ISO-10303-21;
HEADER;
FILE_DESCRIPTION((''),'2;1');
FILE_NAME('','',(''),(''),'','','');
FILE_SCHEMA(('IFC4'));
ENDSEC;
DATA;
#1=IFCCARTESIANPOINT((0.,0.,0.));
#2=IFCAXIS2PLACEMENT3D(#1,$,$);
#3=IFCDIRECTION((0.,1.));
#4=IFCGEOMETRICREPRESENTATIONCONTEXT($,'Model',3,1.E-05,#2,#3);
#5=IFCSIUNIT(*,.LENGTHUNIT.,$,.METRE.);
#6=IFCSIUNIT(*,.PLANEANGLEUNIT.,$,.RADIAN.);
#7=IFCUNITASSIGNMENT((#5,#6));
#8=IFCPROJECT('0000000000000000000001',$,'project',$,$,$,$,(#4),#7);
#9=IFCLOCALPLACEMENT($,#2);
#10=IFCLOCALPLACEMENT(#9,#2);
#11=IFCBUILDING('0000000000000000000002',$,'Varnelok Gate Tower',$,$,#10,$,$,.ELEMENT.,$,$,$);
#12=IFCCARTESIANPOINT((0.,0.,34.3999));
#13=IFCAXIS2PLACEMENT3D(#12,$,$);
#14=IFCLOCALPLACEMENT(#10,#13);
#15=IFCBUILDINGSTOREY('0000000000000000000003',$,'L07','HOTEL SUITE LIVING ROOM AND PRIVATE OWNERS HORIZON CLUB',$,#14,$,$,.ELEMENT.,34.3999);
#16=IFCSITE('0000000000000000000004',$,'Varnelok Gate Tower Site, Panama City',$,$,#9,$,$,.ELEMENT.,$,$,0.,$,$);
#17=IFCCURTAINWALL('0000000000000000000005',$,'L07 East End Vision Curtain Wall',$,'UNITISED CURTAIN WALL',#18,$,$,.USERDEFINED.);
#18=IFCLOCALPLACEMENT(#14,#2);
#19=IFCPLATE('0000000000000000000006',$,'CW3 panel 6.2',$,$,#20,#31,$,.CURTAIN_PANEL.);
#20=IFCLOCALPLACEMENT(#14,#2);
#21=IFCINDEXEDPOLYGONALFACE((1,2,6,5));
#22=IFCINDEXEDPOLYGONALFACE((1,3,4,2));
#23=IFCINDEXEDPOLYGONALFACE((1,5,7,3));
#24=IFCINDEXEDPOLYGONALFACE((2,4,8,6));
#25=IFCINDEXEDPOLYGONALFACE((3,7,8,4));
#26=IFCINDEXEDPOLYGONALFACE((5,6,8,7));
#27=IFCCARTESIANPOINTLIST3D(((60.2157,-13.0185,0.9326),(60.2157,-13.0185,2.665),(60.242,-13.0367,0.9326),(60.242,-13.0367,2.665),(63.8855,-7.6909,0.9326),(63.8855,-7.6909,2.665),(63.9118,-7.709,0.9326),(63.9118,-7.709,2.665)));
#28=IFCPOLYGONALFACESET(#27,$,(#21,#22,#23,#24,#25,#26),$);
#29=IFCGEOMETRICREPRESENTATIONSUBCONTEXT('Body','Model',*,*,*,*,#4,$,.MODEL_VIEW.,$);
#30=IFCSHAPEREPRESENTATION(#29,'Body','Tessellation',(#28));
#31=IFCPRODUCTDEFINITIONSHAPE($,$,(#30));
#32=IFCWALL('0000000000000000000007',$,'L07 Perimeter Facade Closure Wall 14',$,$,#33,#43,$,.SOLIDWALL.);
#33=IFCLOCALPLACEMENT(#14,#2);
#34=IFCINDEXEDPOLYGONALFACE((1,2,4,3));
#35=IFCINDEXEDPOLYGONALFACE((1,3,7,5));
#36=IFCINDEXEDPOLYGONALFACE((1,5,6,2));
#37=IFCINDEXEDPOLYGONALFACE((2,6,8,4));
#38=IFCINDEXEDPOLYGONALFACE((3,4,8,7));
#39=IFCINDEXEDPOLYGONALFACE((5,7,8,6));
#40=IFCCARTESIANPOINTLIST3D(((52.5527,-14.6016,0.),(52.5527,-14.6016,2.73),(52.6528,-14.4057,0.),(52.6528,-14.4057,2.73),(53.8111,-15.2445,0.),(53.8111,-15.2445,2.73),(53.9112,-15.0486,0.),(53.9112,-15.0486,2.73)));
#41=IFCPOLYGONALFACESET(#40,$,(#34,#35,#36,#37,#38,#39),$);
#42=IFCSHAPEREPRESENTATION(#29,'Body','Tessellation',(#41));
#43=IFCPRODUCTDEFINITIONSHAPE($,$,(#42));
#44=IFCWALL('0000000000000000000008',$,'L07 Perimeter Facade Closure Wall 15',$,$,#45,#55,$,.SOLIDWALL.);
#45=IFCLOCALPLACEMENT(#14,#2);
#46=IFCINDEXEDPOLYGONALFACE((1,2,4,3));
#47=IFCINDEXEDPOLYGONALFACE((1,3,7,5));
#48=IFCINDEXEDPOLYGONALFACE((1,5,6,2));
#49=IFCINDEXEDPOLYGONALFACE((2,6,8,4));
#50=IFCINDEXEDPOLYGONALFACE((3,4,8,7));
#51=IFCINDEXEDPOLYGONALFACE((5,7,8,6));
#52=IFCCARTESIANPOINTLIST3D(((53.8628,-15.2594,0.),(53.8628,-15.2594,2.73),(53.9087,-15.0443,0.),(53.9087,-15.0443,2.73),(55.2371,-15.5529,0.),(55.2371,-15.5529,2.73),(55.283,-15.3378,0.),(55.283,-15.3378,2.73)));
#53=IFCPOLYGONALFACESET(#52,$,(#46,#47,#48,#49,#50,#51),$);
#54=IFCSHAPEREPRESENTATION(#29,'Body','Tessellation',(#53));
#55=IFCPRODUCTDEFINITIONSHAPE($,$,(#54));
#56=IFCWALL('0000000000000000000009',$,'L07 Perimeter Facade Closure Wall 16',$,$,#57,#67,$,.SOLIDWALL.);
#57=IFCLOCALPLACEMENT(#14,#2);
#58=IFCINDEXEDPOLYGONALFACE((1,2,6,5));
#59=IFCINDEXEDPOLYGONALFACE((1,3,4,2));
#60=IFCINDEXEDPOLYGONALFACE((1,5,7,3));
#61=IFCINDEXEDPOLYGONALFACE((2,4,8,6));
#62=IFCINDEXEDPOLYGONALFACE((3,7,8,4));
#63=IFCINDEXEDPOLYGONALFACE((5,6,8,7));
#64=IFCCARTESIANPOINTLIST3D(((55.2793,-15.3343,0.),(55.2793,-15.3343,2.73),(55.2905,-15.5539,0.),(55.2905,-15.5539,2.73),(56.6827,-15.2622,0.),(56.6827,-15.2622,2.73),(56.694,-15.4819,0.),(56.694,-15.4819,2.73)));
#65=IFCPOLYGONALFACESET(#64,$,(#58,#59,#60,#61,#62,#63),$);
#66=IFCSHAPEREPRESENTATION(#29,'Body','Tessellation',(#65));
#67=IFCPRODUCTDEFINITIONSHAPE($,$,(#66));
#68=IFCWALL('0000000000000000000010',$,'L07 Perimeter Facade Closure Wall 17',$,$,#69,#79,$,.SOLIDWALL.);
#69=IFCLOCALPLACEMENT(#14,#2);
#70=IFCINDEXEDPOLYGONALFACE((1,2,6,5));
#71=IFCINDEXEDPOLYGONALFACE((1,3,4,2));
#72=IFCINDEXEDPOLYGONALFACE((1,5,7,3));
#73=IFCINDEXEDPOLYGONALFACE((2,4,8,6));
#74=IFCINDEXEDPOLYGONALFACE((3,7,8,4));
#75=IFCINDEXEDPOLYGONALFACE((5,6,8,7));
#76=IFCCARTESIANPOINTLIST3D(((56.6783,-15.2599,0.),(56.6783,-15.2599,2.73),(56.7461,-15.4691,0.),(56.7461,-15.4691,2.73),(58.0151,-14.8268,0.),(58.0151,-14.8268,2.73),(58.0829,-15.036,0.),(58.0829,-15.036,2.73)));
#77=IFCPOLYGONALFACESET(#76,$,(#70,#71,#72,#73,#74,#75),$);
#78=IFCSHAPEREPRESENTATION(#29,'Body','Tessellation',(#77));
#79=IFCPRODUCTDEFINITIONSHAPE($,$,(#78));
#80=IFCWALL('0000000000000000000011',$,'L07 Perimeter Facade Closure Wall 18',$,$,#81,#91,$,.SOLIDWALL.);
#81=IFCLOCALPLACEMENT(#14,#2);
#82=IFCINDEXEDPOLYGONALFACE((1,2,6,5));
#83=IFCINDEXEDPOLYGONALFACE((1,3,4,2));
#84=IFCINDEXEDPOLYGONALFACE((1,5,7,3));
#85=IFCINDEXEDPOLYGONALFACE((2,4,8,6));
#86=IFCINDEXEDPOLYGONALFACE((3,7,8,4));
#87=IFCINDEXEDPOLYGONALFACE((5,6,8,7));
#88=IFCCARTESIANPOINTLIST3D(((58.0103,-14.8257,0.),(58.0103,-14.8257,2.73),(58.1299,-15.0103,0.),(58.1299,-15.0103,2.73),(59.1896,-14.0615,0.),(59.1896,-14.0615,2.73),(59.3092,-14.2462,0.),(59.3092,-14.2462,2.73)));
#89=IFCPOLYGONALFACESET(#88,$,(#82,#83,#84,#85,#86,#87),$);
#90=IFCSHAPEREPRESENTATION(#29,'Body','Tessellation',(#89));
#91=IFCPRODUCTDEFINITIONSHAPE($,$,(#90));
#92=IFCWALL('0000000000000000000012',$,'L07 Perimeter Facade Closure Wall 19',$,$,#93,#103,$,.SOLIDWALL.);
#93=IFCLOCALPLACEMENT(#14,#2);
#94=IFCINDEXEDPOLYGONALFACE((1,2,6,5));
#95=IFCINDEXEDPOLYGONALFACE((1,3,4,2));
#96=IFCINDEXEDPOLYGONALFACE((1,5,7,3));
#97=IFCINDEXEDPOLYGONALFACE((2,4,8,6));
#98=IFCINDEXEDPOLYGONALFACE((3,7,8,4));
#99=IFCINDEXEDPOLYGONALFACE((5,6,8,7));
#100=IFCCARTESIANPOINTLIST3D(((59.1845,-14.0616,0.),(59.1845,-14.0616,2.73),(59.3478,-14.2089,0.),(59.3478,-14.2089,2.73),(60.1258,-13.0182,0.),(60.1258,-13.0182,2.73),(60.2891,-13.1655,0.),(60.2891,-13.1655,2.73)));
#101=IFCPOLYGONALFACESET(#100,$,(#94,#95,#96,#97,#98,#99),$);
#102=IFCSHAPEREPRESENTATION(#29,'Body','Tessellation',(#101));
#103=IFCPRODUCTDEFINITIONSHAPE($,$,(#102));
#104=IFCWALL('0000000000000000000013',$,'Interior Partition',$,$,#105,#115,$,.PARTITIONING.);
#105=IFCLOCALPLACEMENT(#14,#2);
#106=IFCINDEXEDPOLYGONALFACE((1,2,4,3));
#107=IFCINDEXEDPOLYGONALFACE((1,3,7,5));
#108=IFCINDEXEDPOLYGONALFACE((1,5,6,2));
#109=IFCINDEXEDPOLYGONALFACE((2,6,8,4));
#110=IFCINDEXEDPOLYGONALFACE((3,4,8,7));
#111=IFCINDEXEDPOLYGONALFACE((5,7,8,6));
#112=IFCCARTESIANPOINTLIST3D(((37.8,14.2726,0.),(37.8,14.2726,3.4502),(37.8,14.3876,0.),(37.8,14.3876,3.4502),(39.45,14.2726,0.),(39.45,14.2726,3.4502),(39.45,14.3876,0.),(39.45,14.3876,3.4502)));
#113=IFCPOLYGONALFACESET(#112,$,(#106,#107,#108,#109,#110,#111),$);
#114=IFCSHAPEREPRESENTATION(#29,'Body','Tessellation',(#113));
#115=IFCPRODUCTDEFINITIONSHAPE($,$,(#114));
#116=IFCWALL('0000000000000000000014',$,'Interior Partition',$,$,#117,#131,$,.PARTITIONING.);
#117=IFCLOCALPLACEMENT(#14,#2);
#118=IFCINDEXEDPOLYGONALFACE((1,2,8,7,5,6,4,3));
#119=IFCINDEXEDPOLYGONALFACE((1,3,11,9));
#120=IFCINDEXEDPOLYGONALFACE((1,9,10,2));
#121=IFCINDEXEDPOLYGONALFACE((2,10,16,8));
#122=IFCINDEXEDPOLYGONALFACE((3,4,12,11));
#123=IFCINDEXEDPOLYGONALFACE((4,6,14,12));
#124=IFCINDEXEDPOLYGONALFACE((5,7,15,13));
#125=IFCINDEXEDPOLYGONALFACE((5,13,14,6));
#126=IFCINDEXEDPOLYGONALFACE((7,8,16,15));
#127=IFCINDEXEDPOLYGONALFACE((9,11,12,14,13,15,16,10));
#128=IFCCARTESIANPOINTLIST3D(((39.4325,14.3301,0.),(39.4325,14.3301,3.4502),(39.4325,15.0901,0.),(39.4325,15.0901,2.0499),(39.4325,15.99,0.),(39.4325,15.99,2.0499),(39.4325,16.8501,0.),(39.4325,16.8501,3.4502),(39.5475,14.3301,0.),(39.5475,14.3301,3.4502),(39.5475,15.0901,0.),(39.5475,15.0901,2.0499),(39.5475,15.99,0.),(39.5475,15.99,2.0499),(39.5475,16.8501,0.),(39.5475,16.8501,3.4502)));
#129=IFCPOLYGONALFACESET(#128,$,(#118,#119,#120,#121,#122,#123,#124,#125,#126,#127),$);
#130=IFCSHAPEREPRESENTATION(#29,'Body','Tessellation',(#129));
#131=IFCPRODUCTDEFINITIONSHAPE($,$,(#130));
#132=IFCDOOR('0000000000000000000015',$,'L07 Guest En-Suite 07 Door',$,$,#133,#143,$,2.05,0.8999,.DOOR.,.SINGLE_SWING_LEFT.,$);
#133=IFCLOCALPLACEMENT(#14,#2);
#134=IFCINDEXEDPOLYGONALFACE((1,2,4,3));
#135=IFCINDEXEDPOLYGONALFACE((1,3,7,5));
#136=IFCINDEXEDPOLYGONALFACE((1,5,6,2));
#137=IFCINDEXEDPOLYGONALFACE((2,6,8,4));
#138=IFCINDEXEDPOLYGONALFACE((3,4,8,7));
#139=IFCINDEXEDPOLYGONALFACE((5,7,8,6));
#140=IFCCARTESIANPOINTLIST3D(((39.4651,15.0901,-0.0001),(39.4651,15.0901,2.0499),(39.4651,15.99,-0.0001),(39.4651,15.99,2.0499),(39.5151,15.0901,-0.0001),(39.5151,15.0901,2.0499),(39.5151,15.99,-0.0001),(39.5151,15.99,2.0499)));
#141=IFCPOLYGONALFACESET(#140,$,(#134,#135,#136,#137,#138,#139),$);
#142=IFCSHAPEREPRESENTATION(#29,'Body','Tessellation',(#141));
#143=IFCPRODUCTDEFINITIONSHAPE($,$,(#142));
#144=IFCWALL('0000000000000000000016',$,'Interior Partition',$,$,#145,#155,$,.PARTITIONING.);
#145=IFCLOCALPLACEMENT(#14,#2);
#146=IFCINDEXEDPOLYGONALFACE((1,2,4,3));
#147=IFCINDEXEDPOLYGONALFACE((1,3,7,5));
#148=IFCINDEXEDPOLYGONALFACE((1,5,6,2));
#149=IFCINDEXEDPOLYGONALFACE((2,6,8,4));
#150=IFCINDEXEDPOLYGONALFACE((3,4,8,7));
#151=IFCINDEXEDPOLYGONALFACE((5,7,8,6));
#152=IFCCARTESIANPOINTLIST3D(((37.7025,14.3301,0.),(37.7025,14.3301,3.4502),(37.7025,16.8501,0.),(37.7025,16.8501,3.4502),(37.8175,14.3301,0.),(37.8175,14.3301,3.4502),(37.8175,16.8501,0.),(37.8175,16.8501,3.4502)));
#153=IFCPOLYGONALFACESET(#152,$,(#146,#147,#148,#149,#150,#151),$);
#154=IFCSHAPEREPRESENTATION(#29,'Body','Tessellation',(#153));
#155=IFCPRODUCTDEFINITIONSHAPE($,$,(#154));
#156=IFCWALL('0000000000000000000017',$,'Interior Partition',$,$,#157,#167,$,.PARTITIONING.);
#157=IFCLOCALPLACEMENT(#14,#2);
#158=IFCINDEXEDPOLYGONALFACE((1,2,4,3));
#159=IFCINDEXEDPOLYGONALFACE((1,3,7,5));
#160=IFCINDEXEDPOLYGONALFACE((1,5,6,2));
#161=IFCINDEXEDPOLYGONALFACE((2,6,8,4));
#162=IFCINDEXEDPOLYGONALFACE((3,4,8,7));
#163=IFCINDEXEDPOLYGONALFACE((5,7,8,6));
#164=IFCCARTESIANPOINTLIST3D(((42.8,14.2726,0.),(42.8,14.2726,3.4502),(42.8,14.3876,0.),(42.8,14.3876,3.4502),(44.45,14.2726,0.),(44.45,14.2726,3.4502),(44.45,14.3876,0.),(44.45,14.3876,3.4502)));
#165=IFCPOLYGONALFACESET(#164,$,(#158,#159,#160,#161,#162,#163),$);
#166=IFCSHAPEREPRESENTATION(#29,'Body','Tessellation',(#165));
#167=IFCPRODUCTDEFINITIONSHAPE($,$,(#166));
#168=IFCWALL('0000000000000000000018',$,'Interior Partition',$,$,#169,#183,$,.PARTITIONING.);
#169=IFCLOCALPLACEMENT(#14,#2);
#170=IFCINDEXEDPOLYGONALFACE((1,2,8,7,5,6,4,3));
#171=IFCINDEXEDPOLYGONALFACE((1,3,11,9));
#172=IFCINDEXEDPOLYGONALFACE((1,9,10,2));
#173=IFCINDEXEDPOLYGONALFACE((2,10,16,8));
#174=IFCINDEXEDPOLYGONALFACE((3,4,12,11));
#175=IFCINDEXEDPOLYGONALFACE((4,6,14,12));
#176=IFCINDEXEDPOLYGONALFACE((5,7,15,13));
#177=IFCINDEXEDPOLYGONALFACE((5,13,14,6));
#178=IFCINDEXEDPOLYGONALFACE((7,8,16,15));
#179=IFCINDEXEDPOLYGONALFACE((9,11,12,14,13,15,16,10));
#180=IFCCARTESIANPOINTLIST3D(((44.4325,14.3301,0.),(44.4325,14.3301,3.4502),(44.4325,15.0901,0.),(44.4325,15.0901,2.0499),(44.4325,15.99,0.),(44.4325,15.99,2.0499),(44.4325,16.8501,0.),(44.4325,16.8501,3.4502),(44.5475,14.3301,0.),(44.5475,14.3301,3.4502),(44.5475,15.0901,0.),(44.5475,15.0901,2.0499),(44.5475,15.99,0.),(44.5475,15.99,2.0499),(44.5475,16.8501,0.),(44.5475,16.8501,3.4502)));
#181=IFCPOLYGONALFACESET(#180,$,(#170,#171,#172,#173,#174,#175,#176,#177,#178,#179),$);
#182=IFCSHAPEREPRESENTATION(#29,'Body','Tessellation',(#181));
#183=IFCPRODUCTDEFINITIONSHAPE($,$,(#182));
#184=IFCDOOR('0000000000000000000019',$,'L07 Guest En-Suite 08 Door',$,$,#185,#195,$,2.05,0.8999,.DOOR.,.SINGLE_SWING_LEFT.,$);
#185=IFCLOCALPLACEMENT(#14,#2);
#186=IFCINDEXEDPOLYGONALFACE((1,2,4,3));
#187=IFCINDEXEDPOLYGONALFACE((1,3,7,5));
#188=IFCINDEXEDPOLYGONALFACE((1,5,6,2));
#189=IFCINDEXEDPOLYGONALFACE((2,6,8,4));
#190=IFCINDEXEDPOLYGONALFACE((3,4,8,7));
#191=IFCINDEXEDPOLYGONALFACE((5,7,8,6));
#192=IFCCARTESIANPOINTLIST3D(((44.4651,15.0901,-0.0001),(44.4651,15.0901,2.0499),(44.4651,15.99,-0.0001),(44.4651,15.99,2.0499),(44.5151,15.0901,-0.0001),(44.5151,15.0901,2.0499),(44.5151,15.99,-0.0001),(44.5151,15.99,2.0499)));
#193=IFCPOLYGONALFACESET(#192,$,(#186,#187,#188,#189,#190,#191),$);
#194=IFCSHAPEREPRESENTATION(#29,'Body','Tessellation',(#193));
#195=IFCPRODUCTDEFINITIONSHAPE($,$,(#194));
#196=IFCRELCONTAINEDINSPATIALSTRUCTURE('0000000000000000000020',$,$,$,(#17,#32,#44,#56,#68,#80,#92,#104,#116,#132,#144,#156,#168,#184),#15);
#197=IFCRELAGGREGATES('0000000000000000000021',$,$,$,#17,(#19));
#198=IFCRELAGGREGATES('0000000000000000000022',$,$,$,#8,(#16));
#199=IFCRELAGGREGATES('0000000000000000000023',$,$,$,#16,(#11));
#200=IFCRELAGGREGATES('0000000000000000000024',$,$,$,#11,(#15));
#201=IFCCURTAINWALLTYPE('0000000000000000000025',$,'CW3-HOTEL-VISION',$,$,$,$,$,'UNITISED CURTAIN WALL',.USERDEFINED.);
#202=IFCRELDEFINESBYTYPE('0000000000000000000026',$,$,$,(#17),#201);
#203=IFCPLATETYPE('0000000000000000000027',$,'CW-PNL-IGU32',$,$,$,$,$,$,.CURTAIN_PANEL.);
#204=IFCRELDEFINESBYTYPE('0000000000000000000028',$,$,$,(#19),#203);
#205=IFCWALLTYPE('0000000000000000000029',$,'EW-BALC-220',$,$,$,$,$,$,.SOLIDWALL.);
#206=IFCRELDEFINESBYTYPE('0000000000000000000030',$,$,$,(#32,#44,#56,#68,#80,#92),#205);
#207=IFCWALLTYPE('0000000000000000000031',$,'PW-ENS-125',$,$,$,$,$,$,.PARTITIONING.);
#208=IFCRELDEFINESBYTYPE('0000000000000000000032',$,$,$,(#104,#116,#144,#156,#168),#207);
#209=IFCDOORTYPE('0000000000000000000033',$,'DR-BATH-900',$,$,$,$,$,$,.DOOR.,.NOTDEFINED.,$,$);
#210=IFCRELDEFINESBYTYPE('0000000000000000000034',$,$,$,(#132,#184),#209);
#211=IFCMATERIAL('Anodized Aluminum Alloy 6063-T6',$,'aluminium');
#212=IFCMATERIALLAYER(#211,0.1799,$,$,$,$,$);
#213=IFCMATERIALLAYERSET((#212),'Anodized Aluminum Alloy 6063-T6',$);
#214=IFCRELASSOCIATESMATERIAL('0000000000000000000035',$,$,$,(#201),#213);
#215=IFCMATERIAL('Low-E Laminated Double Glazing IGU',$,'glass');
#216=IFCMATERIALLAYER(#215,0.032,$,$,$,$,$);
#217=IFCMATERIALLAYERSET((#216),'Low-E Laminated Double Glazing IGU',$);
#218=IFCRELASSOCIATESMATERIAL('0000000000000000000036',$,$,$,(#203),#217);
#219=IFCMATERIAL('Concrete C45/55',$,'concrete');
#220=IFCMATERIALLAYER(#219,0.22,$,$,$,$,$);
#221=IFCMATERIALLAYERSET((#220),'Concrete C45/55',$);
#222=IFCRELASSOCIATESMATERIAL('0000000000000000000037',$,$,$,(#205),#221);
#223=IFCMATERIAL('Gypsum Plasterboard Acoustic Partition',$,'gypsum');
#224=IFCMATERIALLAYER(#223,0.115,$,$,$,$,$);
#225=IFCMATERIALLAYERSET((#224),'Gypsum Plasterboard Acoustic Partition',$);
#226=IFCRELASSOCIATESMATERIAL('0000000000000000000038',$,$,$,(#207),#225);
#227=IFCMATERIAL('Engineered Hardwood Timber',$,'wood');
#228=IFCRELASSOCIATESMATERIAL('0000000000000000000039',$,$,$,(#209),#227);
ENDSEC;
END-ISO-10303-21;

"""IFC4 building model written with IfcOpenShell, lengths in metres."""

from ifc_helpers import new_model, si_unit, direction, frame, frame_2d, origin, origin_2d, place, context, subcontext, project, spatial, rectangle, extrude, source, transform, mapped, material, layer, layer_set, type_object, element, fill, aggregate, save


model = new_model("IFC4")

# Units and contexts
model_context = context("Model", 3, precision=1e-05, world=origin(), true_north=direction((0.0, 1.0)))
body_context = subcontext(model_context, "Body", "Model", "MODEL_VIEW")
ifc_project = project(units=[si_unit("LENGTHUNIT", "METRE"), si_unit("PLANEANGLEUNIT", "RADIAN")], contexts=[model_context])

# Site, building, storey
site_placement = place(None, origin())
site = spatial("IfcSite", under=ifc_project, at=site_placement, Name="Varnelok Gate Tower Site, Panama City", CompositionType="ELEMENT", RefElevation=0.0)
building_placement = place(site_placement, origin())
building = spatial("IfcBuilding", under=site, at=building_placement, Name="Varnelok Gate Tower", CompositionType="ELEMENT")
storey_placement = place(building_placement, frame((0.0, 0.0, 34.3999)))
storey = spatial("IfcBuildingStorey", under=building, at=storey_placement, Name="L07", Description="HOTEL SUITE LIVING ROOM AND PRIVATE OWNERS HORIZON CLUB", CompositionType="ELEMENT", Elevation=34.3999)

# Curtain wall, plate
ifc_material_1 = material(Name="Anodized Aluminum Alloy 6063-T6", Category="aluminium")
ifc_layer_1 = layer(ifc_material_1, 0.1799)
ifc_layer_set_1 = layer_set([ifc_layer_1], Name="Anodized Aluminum Alloy 6063-T6")
curtain_wall_type = type_object("IfcCurtainWallType", Name="CW3-HOTEL-VISION", ElementType="UNITISED CURTAIN WALL", PredefinedType="USERDEFINED", material=ifc_layer_set_1)
curtain_wall_placement = place(storey_placement, origin())
curtain_wall = element("IfcCurtainWall", 1, at=curtain_wall_placement, inside=storey, type_object=curtain_wall_type, Name="L07 East End Vision Curtain Wall", ObjectType="UNITISED CURTAIN WALL", PredefinedType="USERDEFINED")
ifc_material_2 = material(Name="Low-E Laminated Double Glazing IGU", Category="glass")
ifc_layer_2 = layer(ifc_material_2, 0.032)
ifc_layer_set_2 = layer_set([ifc_layer_2], Name="Low-E Laminated Double Glazing IGU")
plate_type = type_object("IfcPlateType", Name="CW-PNL-IGU32", PredefinedType="CURTAIN_PANEL", material=ifc_layer_set_2)
shared_shape_1 = source(origin(), body_context, "Body", "SweptSolid", [
    extrude(rectangle(XDim=6.4692, YDim=0.032, at=origin_2d()), origin(), (0.0, 0.0, 1.0), 1.7324),
])
plate_1_placement = place(storey_placement, frame((62.0637, -10.3638, 0.9326), z_axis=(0.0, 0.0, 1.0), x_axis=(-0.567269, -0.823533, 0.0)))
plate_1 = element("IfcPlate", 2, at=plate_1_placement, type_object=plate_type, Name="CW3 panel 6.2", PredefinedType="CURTAIN_PANEL", context=body_context, shape_type="MappedRepresentation", body=[
    mapped(shared_shape_1, transform((0.0, 0.0, 0.0), scale=1.0)),
])
aggregate(curtain_wall, [plate_1])

# Walls
ifc_material_3 = material(Name="Concrete C45/55", Category="concrete")
ifc_layer_3 = layer(ifc_material_3, 0.22)
ifc_layer_set_3 = layer_set([ifc_layer_3], Name="Concrete C45/55")
wall_type_1 = type_object("IfcWallType", Name="EW-BALC-220", PredefinedType="SOLIDWALL", material=ifc_layer_set_3)
wall_1_placement = place(storey_placement, frame((52.6028, -14.5037, 0.0), z_axis=(0.0, 0.0, 1.0), x_axis=(0.890523, -0.454938, 0.0)))
element("IfcWall", 3, at=wall_1_placement, inside=storey, type_object=wall_type_1, Name="L07 Perimeter Facade Closure Wall 14", PredefinedType="SOLIDWALL", context=body_context, shape_type="SweptSolid", body=[
    extrude(rectangle(XDim=1.4131, YDim=0.22, at=frame_2d((0.7065, 0.0))), origin(), (0.0, 0.0, 1.0), 2.73),
])
for number, where, z_axis, x_axis, name in (
    (4, (53.8857, -15.1519, 0.0), (0.0, 0.0, 1.0), (0.977952, -0.208829, 0.0), "L07 Perimeter Facade Closure Wall 15"),
    (5, (55.2849, -15.4441, 0.0), (0.0, 0.0, 1.0), (0.998686, 0.051255, 0.0), "L07 Perimeter Facade Closure Wall 16"),
    (6, (56.7122, -15.3645, 0.0), (0.0, 0.0, 1.0), (0.951325, 0.30819, 0.0), "L07 Perimeter Facade Closure Wall 17"),
    (7, (58.0701, -14.918, 0.0), (0.0, 0.0, 1.0), (0.839248, 0.543748, 0.0), "L07 Perimeter Facade Closure Wall 18"),
    (8, (59.2661, -14.1353, 0.0), (0.0, 0.0, 1.0), (0.669866, 0.742482, 0.0), "L07 Perimeter Facade Closure Wall 19"),
):
    element("IfcWall", number, at=place(storey_placement, frame(where, z_axis=z_axis, x_axis=x_axis)), inside=storey, type_object=wall_type_1, Name=name, PredefinedType="SOLIDWALL", context=body_context, shape_type="SweptSolid", body=[
        extrude(rectangle(XDim=1.4053, YDim=0.22, at=frame_2d((0.7026, 0.0))), origin(), (0.0, 0.0, 1.0), 2.73),
    ])
ifc_material_4 = material(Name="Gypsum Plasterboard Acoustic Partition", Category="gypsum")
ifc_layer_4 = layer(ifc_material_4, 0.115)
ifc_layer_set_4 = layer_set([ifc_layer_4], Name="Gypsum Plasterboard Acoustic Partition")
wall_type_2 = type_object("IfcWallType", Name="PW-ENS-125", PredefinedType="PARTITIONING", material=ifc_layer_set_4)
wall_2_placement = place(storey_placement, frame((37.8, 14.3301, 0.0), z_axis=(0.0, 0.0, 1.0), x_axis=(1.0, 0.0, 0.0)))
element("IfcWall", 9, at=wall_2_placement, inside=storey, type_object=wall_type_2, Name="Interior Partition", PredefinedType="PARTITIONING", context=body_context, shape_type="SweptSolid", body=[
    extrude(rectangle(XDim=1.6499, YDim=0.115, at=frame_2d((0.825, 0.0))), origin(), (0.0, 0.0, 1.0), 3.4502),
])

# Wall, opening, door
wall_3_placement = place(storey_placement, frame((39.49, 14.3301, 0.0), z_axis=(0.0, 0.0, 1.0), x_axis=(0.0, 1.0, 0.0)))
wall_3 = element("IfcWall", 10, at=wall_3_placement, inside=storey, type_object=wall_type_2, Name="Interior Partition", PredefinedType="PARTITIONING", context=body_context, shape_type="SweptSolid", body=[
    extrude(rectangle(XDim=2.52, YDim=0.115, at=frame_2d((1.26, 0.0))), origin(), (0.0, 0.0, 1.0), 3.4502),
])
opening_1_placement = place(wall_3_placement, frame((0.76, 0.0, 0.0)))
opening_1 = element("IfcOpeningElement", 11, at=opening_1_placement, cuts=wall_3, PredefinedType="OPENING", context=body_context, shape_type="SweptSolid", body=[
    extrude(rectangle(XDim=0.8999, YDim=2.05, at=frame_2d((0.45, 1.0249))), frame((0.0, 0.0674, 0.0), z_axis=(0.0, -1.0, 0.0), x_axis=(1.0, 0.0, 0.0)), (0.0, 0.0, 1.0), 0.135),
])
ifc_material_5 = material(Name="Engineered Hardwood Timber", Category="wood")
door_type = type_object("IfcDoorType", Name="DR-BATH-900", OperationType="NOTDEFINED", PredefinedType="DOOR", material=ifc_material_5)
door_1_placement = place(opening_1_placement, origin())
door_1 = element("IfcDoor", 12, at=door_1_placement, inside=storey, type_object=door_type, Name="L07 Guest En-Suite 07 Door", OperationType="SINGLE_SWING_LEFT", OverallHeight=2.05, OverallWidth=0.8999, PredefinedType="DOOR", context=body_context, shape_type="SweptSolid", body=[
    extrude(rectangle(XDim=0.8999, YDim=2.05, at=frame_2d((0.45, 1.0249))), frame((0.0, 0.0249, 0.0), z_axis=(0.0, -1.0, 0.0), x_axis=(1.0, 0.0, 0.0)), (0.0, 0.0, 1.0), 0.05),
])
fill(opening_1, door_1)

# Walls
wall_4_placement = place(storey_placement, frame((37.76, 14.3301, 0.0), z_axis=(0.0, 0.0, 1.0), x_axis=(0.0, 1.0, 0.0)))
element("IfcWall", 13, at=wall_4_placement, inside=storey, type_object=wall_type_2, Name="Interior Partition", PredefinedType="PARTITIONING", context=body_context, shape_type="SweptSolid", body=[
    extrude(rectangle(XDim=2.52, YDim=0.115, at=frame_2d((1.26, 0.0))), origin(), (0.0, 0.0, 1.0), 3.4502),
])
wall_5_placement = place(storey_placement, frame((42.8, 14.3301, 0.0), z_axis=(0.0, 0.0, 1.0), x_axis=(1.0, 0.0, 0.0)))
element("IfcWall", 14, at=wall_5_placement, inside=storey, type_object=wall_type_2, Name="Interior Partition", PredefinedType="PARTITIONING", context=body_context, shape_type="SweptSolid", body=[
    extrude(rectangle(XDim=1.6499, YDim=0.115, at=frame_2d((0.825, 0.0))), origin(), (0.0, 0.0, 1.0), 3.4502),
])

# Wall, opening, door
wall_6_placement = place(storey_placement, frame((44.49, 14.3301, 0.0), z_axis=(0.0, 0.0, 1.0), x_axis=(0.0, 1.0, 0.0)))
wall_6 = element("IfcWall", 15, at=wall_6_placement, inside=storey, type_object=wall_type_2, Name="Interior Partition", PredefinedType="PARTITIONING", context=body_context, shape_type="SweptSolid", body=[
    extrude(rectangle(XDim=2.52, YDim=0.115, at=frame_2d((1.26, 0.0))), origin(), (0.0, 0.0, 1.0), 3.4502),
])
opening_2_placement = place(wall_6_placement, frame((0.76, 0.0, 0.0)))
opening_2 = element("IfcOpeningElement", 16, at=opening_2_placement, cuts=wall_6, PredefinedType="OPENING", context=body_context, shape_type="SweptSolid", body=[
    extrude(rectangle(XDim=0.8999, YDim=2.05, at=frame_2d((0.45, 1.0249))), frame((0.0, 0.0674, 0.0), z_axis=(0.0, -1.0, 0.0), x_axis=(1.0, 0.0, 0.0)), (0.0, 0.0, 1.0), 0.135),
])
door_2_placement = place(opening_2_placement, origin())
door_2 = element("IfcDoor", 17, at=door_2_placement, inside=storey, type_object=door_type, Name="L07 Guest En-Suite 08 Door", OperationType="SINGLE_SWING_LEFT", OverallHeight=2.05, OverallWidth=0.8999, PredefinedType="DOOR", context=body_context, shape_type="SweptSolid", body=[
    extrude(rectangle(XDim=0.8999, YDim=2.05, at=frame_2d((0.45, 1.0249))), frame((0.0, 0.0249, 0.0), z_axis=(0.0, -1.0, 0.0), x_axis=(1.0, 0.0, 0.0)), (0.0, 0.0, 1.0), 0.05),
])
fill(opening_2, door_2)

save(model, "model.ifc")
